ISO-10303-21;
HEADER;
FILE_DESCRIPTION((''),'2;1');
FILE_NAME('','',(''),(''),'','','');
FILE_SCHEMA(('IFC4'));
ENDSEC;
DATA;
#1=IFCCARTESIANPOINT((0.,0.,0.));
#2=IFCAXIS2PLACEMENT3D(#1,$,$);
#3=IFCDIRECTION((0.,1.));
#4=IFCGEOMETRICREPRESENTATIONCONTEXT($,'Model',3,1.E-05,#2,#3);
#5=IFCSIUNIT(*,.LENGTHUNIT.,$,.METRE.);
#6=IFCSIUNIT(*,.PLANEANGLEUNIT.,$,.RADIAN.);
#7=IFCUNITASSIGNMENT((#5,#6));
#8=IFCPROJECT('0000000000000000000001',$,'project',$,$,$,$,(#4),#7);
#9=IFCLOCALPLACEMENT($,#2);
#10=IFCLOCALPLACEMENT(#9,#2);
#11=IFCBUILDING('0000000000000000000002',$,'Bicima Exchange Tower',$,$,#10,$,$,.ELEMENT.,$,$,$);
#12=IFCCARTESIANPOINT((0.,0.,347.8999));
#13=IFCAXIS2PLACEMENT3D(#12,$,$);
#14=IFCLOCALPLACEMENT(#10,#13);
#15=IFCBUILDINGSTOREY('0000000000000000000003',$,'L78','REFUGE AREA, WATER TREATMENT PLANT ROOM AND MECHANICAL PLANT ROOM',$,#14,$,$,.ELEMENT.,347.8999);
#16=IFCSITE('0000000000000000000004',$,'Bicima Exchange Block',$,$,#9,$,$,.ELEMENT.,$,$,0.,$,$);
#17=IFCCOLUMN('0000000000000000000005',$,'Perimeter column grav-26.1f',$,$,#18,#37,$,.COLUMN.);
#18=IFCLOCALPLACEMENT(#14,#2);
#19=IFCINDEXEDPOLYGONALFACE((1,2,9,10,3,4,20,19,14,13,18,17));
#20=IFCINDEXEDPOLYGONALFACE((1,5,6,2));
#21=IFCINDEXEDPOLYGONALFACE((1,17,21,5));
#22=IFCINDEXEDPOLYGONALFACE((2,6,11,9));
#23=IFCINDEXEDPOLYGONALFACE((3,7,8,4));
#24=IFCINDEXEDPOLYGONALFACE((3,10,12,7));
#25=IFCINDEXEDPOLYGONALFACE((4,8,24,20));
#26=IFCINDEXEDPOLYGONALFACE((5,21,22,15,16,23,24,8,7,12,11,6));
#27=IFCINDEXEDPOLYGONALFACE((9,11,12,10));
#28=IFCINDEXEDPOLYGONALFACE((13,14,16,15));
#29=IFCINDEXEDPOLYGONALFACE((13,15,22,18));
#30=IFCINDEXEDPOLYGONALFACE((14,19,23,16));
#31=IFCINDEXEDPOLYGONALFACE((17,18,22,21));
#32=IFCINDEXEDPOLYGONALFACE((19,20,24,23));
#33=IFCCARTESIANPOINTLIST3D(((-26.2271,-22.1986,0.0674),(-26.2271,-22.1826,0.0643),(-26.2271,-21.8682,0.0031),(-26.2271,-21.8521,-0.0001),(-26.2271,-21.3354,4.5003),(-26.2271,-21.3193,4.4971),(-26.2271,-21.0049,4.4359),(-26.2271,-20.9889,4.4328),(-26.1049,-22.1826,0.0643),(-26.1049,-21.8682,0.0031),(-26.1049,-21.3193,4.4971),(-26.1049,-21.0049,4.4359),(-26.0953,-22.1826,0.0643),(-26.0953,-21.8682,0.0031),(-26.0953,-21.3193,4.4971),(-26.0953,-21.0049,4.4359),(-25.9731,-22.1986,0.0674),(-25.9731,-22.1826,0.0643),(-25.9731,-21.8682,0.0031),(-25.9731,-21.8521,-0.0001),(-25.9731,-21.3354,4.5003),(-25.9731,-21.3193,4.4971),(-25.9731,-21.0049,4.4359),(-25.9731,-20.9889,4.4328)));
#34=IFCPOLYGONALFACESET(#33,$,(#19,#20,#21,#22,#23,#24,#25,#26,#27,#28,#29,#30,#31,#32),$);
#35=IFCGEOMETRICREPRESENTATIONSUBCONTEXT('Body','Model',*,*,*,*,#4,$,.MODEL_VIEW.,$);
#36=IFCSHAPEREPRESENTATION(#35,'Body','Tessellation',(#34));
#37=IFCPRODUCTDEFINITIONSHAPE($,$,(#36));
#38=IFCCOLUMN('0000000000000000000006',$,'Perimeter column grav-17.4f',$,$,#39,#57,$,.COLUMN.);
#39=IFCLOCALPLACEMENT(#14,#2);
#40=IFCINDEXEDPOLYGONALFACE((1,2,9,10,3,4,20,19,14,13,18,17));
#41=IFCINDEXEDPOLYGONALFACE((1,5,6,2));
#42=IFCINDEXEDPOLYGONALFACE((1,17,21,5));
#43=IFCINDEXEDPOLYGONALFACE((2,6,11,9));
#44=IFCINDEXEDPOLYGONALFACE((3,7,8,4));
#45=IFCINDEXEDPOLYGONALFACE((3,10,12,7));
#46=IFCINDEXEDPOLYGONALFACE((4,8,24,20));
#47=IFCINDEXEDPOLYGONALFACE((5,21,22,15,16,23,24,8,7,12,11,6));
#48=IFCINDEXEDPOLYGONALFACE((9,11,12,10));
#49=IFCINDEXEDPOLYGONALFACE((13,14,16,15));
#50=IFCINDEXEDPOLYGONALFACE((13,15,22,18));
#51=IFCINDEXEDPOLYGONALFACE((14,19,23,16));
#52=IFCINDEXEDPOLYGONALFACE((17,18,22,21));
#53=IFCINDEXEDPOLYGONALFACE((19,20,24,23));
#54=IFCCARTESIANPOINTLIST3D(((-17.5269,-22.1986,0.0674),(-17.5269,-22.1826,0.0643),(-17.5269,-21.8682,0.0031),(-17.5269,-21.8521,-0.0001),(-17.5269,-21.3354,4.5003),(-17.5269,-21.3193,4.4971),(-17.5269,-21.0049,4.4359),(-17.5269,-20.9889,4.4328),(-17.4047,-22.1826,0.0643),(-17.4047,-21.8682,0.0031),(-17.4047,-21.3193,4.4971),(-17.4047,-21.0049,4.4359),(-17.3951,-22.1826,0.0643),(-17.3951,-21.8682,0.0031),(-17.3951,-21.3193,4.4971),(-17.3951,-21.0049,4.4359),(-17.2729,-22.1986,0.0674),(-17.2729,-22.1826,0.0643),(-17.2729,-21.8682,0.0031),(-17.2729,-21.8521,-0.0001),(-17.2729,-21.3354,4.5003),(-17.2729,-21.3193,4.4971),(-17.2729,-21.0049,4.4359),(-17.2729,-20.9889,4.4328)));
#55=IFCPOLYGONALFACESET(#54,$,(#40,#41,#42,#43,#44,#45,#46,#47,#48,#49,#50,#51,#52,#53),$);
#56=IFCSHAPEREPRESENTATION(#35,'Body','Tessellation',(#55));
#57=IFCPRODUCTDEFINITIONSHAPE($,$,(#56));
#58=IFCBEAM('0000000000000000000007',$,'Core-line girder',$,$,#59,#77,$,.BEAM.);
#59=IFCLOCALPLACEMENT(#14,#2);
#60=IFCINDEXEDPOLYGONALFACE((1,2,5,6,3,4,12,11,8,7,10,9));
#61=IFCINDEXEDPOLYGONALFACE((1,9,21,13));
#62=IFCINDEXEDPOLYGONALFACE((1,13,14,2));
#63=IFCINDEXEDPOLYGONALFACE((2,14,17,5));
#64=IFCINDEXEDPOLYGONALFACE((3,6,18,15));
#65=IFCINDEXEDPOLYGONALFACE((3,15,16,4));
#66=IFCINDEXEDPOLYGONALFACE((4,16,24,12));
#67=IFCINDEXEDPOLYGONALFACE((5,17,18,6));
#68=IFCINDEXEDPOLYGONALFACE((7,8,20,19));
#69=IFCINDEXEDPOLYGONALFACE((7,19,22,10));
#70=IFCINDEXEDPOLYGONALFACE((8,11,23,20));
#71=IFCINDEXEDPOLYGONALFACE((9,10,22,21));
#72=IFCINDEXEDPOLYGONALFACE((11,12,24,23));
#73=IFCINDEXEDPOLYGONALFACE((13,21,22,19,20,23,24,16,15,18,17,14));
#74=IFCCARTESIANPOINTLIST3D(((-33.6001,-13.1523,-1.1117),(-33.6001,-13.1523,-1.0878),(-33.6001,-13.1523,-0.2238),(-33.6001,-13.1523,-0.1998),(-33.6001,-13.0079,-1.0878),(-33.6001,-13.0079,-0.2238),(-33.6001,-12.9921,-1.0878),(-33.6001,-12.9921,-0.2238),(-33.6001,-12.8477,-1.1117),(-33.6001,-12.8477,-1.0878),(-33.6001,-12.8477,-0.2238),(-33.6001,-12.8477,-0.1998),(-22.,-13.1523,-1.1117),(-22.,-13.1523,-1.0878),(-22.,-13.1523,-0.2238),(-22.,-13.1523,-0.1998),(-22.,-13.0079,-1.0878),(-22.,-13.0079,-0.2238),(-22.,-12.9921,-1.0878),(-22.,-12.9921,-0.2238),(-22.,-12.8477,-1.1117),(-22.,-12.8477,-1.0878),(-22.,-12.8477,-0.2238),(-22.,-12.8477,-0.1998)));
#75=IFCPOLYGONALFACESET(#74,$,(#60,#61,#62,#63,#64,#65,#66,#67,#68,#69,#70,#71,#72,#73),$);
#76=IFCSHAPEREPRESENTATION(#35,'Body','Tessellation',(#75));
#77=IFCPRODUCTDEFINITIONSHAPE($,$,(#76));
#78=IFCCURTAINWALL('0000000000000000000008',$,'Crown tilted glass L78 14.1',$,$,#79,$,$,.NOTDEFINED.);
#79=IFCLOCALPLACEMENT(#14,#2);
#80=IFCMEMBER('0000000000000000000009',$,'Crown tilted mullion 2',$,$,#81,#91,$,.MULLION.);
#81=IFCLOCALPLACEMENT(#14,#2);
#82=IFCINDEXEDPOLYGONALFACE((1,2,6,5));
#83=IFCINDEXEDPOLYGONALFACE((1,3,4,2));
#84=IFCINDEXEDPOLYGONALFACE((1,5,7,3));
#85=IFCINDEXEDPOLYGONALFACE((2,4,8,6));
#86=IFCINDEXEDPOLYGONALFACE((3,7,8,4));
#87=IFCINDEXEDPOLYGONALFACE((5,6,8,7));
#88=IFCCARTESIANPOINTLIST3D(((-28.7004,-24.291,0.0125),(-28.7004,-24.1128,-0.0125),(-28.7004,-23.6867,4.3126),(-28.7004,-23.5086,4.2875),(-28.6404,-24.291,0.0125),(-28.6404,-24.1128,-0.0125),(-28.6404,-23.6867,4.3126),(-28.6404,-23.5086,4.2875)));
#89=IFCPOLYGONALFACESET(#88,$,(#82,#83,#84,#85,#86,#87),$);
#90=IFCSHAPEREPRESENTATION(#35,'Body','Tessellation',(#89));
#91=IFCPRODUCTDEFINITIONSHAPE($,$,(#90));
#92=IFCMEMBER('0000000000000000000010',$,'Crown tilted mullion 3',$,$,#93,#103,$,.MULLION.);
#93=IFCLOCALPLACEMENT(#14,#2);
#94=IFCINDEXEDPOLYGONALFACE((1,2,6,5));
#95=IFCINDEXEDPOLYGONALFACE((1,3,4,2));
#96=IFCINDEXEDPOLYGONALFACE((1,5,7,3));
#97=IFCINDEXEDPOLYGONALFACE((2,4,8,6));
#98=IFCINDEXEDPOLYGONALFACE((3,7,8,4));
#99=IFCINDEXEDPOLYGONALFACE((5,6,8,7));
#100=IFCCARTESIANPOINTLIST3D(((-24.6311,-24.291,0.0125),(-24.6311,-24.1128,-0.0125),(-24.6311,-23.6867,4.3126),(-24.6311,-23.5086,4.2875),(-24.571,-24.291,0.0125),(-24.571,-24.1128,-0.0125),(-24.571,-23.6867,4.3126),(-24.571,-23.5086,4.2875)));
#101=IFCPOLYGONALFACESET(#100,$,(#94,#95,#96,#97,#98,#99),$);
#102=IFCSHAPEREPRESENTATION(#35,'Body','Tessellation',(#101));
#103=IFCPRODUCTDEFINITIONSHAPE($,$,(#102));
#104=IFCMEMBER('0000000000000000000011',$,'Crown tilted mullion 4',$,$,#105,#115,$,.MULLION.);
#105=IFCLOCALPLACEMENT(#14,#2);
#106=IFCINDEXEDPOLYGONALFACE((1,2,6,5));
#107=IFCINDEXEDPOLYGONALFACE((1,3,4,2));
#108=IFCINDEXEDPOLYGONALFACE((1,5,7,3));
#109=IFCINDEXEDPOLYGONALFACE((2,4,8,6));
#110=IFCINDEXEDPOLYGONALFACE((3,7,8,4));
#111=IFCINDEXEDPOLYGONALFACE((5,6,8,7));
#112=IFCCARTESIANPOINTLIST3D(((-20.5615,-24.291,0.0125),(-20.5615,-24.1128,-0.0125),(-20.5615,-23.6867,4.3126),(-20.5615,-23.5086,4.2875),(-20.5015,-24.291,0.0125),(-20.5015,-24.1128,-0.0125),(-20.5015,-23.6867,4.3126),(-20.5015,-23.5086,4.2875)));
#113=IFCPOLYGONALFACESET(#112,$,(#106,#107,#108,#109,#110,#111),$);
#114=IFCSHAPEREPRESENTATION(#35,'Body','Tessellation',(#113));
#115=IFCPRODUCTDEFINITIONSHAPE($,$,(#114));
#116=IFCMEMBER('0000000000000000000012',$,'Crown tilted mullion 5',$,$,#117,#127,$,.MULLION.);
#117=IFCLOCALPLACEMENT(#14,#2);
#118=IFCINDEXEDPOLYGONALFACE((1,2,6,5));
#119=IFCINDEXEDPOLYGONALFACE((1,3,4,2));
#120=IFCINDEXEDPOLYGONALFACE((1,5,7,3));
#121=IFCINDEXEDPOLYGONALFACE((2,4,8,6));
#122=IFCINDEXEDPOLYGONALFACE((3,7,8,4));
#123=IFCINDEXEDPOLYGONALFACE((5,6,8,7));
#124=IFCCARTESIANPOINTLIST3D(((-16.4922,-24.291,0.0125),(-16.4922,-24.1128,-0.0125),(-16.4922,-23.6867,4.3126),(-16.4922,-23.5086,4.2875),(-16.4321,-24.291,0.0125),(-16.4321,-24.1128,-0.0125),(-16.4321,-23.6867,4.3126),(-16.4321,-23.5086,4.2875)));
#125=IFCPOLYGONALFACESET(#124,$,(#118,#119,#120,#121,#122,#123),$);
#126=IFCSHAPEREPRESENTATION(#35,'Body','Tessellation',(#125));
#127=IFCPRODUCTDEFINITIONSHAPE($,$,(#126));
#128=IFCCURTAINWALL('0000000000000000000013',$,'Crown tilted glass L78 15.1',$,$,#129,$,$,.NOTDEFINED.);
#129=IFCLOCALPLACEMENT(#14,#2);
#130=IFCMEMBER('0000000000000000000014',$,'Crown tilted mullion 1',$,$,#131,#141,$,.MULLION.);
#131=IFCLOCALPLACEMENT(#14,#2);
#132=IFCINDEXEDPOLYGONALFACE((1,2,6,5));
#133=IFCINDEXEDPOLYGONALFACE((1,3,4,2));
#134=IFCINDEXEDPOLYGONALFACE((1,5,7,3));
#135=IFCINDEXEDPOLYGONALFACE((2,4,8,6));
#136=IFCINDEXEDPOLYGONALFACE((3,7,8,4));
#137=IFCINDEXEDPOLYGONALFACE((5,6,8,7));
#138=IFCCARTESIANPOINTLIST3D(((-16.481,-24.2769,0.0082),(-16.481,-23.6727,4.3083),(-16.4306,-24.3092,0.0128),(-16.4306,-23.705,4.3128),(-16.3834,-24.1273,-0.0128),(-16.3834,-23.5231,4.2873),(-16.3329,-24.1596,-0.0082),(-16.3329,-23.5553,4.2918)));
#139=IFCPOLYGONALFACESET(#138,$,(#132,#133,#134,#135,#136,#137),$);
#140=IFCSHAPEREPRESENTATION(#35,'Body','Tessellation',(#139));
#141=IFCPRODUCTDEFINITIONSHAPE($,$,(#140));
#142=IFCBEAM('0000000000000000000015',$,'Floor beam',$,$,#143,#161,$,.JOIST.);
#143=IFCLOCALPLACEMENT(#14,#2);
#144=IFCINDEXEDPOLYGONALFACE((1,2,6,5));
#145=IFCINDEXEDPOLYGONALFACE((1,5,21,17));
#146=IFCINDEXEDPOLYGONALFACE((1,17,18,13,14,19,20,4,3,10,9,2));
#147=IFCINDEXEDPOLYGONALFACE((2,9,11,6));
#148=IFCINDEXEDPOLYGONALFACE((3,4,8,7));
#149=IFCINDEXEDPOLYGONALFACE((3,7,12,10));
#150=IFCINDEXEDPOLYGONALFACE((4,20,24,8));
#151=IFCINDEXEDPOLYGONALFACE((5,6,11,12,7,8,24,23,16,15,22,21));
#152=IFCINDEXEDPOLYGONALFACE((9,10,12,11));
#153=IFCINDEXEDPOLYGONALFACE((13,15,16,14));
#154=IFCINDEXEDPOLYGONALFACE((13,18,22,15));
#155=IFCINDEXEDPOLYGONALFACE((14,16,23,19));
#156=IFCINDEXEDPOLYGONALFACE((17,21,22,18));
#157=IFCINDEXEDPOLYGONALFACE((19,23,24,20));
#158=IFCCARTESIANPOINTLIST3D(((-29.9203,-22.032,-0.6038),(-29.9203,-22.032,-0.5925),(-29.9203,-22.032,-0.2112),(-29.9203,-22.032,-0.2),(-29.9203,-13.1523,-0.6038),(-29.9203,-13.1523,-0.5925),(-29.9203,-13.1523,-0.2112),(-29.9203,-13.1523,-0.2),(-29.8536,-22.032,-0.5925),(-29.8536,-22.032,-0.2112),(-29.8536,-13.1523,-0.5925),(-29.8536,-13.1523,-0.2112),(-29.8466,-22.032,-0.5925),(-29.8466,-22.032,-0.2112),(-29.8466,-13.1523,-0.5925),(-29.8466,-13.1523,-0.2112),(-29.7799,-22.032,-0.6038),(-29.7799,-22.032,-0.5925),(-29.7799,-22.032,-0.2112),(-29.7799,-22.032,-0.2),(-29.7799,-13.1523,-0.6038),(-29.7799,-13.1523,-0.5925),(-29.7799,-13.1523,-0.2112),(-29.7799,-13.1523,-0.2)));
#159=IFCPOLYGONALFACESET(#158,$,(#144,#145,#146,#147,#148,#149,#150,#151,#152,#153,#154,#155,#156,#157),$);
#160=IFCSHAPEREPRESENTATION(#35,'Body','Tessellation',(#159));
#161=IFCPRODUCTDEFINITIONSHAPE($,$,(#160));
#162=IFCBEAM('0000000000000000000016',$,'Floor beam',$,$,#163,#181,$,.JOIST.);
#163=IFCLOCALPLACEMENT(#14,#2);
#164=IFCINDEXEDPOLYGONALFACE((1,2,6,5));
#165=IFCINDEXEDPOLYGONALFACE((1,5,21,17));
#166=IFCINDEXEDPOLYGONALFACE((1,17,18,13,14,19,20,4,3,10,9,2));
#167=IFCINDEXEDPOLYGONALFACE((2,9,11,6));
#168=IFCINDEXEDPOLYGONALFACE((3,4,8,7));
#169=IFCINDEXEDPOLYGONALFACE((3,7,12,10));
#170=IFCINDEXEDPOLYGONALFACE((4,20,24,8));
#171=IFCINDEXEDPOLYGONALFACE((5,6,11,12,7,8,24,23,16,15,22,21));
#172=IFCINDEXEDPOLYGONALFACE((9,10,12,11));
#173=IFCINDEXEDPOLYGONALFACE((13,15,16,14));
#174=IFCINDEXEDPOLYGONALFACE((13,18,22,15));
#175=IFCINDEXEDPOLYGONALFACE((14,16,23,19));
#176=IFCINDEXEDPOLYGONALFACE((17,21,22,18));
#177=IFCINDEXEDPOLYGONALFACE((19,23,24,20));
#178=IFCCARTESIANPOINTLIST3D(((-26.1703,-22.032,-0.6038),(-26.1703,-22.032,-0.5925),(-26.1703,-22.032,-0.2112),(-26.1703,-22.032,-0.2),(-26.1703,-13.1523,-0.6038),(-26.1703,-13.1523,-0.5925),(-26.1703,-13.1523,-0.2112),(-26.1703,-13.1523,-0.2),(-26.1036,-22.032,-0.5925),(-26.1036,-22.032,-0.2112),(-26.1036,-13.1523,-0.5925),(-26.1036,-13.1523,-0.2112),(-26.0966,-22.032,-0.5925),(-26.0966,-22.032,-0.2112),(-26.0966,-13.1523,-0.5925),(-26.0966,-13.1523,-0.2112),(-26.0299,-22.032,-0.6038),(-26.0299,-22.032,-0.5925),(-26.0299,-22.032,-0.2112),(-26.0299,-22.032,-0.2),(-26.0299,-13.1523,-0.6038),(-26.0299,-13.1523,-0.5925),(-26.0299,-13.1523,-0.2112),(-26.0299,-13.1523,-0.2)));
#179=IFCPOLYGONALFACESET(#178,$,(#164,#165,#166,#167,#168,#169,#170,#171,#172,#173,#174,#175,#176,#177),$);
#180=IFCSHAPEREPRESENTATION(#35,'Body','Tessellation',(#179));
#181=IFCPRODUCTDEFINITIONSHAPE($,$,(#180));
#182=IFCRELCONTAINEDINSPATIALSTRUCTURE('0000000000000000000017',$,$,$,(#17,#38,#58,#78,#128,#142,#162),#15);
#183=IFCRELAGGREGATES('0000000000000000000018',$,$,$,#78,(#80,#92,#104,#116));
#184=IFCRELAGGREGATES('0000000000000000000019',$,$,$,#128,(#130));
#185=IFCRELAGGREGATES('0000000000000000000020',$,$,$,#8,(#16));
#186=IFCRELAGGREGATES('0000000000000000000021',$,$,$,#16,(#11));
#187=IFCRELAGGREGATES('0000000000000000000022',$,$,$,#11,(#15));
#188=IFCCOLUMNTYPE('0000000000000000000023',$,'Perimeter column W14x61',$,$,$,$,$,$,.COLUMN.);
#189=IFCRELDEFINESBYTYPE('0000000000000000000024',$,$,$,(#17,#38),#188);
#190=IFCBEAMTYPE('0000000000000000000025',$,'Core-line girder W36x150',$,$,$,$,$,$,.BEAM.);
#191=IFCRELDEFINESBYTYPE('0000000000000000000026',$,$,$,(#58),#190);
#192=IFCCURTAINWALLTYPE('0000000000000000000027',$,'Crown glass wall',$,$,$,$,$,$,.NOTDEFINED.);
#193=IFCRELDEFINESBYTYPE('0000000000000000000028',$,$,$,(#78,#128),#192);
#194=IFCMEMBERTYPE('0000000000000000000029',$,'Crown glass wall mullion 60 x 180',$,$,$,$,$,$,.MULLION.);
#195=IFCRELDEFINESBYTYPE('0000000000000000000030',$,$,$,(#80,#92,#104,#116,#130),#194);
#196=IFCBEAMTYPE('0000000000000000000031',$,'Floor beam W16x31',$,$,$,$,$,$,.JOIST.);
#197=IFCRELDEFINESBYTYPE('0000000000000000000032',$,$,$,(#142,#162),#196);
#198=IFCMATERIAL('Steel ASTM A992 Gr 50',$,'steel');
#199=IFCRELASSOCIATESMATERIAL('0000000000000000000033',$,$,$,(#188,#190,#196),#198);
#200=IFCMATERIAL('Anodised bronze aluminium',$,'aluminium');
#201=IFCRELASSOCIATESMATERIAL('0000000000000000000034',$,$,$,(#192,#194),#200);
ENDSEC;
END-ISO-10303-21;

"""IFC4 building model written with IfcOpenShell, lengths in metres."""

from ifc_helpers import new_model, si_unit, direction, frame, origin, origin_2d, place, context, subcontext, project, spatial, rectangle, i_section, extrude, material, material_profile, profile_set, type_object, element, aggregate, save


model = new_model("IFC4")

# Units and contexts
model_context = context("Model", 3, precision=1e-05, world=origin(), true_north=direction((0.0, 1.0)))
body_context = subcontext(model_context, "Body", "Model", "MODEL_VIEW")
ifc_project = project(units=[si_unit("LENGTHUNIT", "METRE"), si_unit("PLANEANGLEUNIT", "RADIAN")], contexts=[model_context])

# Site, building, storey
site_placement = place(None, origin())
site = spatial("IfcSite", under=ifc_project, at=site_placement, Name="Bicima Exchange Block", CompositionType="ELEMENT", RefElevation=0.0)
building_placement = place(site_placement, origin())
building = spatial("IfcBuilding", under=site, at=building_placement, Name="Bicima Exchange Tower", CompositionType="ELEMENT")
storey_placement = place(building_placement, frame((0.0, 0.0, 347.8999)))
storey = spatial("IfcBuildingStorey", under=building, at=storey_placement, Name="L78", Description="REFUGE AREA, WATER TREATMENT PLANT ROOM AND MECHANICAL PLANT ROOM", CompositionType="ELEMENT", Elevation=347.8999)

# Columns
ifc_material_1 = material(Name="Steel ASTM A992 Gr 50", Category="steel")
ifc_material_profile_1 = material_profile(ifc_material_1, i_section(OverallWidth=0.2539, OverallDepth=0.353, WebThickness=0.0095, FlangeThickness=0.0164, at=origin_2d()))
ifc_profile_set_1 = profile_set([ifc_material_profile_1], Name="Steel ASTM A992 Gr 50")
column_type = type_object("IfcColumnType", Name="Perimeter column W14x61", PredefinedType="COLUMN", material=ifc_profile_set_1)
for number, where, z_axis, x_axis, name in (
    (1, (-26.1001, -22.0254, 0.0337), (0.0, 0.191155, 0.98156), (-1.0, 0.0, 0.0), "Perimeter column grav-26.1f"),
    (2, (-17.3999, -22.0254, 0.0337), (0.0, 0.191155, 0.98156), (-1.0, 0.0, 0.0), "Perimeter column grav-17.4f"),
):
    element("IfcColumn", number, at=place(storey_placement, frame(where, z_axis=z_axis, x_axis=x_axis)), inside=storey, type_object=column_type, Name=name, PredefinedType="COLUMN", context=body_context, shape_type="SweptSolid", body=[
        extrude(i_section(OverallWidth=0.2539, OverallDepth=0.353, WebThickness=0.0095, FlangeThickness=0.0164, at=origin_2d()), origin(), (0.0, 0.0, 1.0), 4.5161),
    ])

# Beam
ifc_material_profile_2 = material_profile(ifc_material_1, i_section(OverallWidth=0.3047, OverallDepth=0.9119, WebThickness=0.0159, FlangeThickness=0.0239, at=origin_2d()))
ifc_profile_set_2 = profile_set([ifc_material_profile_2], Name="Steel ASTM A992 Gr 50")
beam_type_1 = type_object("IfcBeamType", Name="Core-line girder W36x150", PredefinedType="BEAM", material=ifc_profile_set_2)
beam_placement = place(storey_placement, frame((-22.0, -13.0, -0.6558), z_axis=(-1.0, 0.0, 0.0), x_axis=(0.0, -1.0, 0.0)))
element("IfcBeam", 3, at=beam_placement, inside=storey, type_object=beam_type_1, Name="Core-line girder", PredefinedType="BEAM", context=body_context, shape_type="SweptSolid", body=[
    extrude(i_section(OverallWidth=0.3047, OverallDepth=0.9119, WebThickness=0.0159, FlangeThickness=0.0239, at=origin_2d()), origin(), (0.0, 0.0, 1.0), 11.6001),
])

# Curtain wall, members
ifc_material_2 = material(Name="Anodised bronze aluminium", Category="aluminium")
curtain_wall_type = type_object("IfcCurtainWallType", Name="Crown glass wall", PredefinedType="NOTDEFINED", material=ifc_material_2)
curtain_wall_1_placement = place(storey_placement, origin())
curtain_wall_1 = element("IfcCurtainWall", 4, at=curtain_wall_1_placement, inside=storey, type_object=curtain_wall_type, Name="Crown tilted glass L78 14.1", PredefinedType="NOTDEFINED")
ifc_material_profile_3 = material_profile(ifc_material_2, rectangle(XDim=0.1799, YDim=0.0601, at=origin_2d()))
ifc_profile_set_3 = profile_set([ifc_material_profile_3], Name="Anodised bronze aluminium")
member_type_1 = type_object("IfcMemberType", Name="Crown glass wall mullion 60 x 180", PredefinedType="MULLION", material=ifc_profile_set_3)
member_1_placement = place(storey_placement, frame((-28.6704, -24.2019, 0.0), z_axis=(0.0, 0.139154, 0.990271), x_axis=(0.0, -0.990271, 0.139154)))
member_1 = element("IfcMember", 5, at=member_1_placement, type_object=member_type_1, Name="Crown tilted mullion 2", PredefinedType="MULLION", context=body_context, shape_type="SweptSolid", body=[
    extrude(rectangle(XDim=0.1799, YDim=0.0601, at=origin_2d()), origin(), (0.0, 0.0, 1.0), 4.3423),
])
member_2_placement = place(storey_placement, frame((-24.6011, -24.2019, 0.0), z_axis=(0.0, 0.139154, 0.990271), x_axis=(0.0, -0.990271, 0.139154)))
member_2 = element("IfcMember", 6, at=member_2_placement, type_object=member_type_1, Name="Crown tilted mullion 3", PredefinedType="MULLION", context=body_context, shape_type="SweptSolid", body=[
    extrude(rectangle(XDim=0.1799, YDim=0.0601, at=origin_2d()), origin(), (0.0, 0.0, 1.0), 4.3423),
])
member_3_placement = place(storey_placement, frame((-20.5315, -24.2019, 0.0), z_axis=(0.0, 0.139154, 0.990271), x_axis=(0.0, -0.990271, 0.139154)))
member_3 = element("IfcMember", 7, at=member_3_placement, type_object=member_type_1, Name="Crown tilted mullion 4", PredefinedType="MULLION", context=body_context, shape_type="SweptSolid", body=[
    extrude(rectangle(XDim=0.1799, YDim=0.0601, at=origin_2d()), origin(), (0.0, 0.0, 1.0), 4.3423),
])
member_4_placement = place(storey_placement, frame((-16.4622, -24.2019, 0.0), z_axis=(0.0, 0.139154, 0.990271), x_axis=(0.0, -0.990271, 0.139154)))
member_4 = element("IfcMember", 8, at=member_4_placement, type_object=member_type_1, Name="Crown tilted mullion 5", PredefinedType="MULLION", context=body_context, shape_type="SweptSolid", body=[
    extrude(rectangle(XDim=0.1799, YDim=0.0601, at=origin_2d()), origin(), (0.0, 0.0, 1.0), 4.3423),
])

# Curtain wall, member
curtain_wall_2_placement = place(storey_placement, origin())
curtain_wall_2 = element("IfcCurtainWall", 9, at=curtain_wall_2_placement, inside=storey, type_object=curtain_wall_type, Name="Crown tilted glass L78 15.1", PredefinedType="NOTDEFINED")
member_5_placement = place(storey_placement, frame((-16.407, -24.2183, 0.0), z_axis=(0.0, 0.139154, 0.990271), x_axis=(-0.542911, -0.83162, 0.11686)))
member_5 = element("IfcMember", 10, at=member_5_placement, type_object=member_type_1, Name="Crown tilted mullion 1", PredefinedType="MULLION", context=body_context, shape_type="SweptSolid", body=[
    extrude(rectangle(XDim=0.1799, YDim=0.0601, at=origin_2d()), origin(), (0.0, 0.0, 1.0), 4.3423),
])

# Beams
ifc_material_profile_4 = material_profile(ifc_material_1, i_section(OverallWidth=0.1404, OverallDepth=0.4038, WebThickness=0.0071, FlangeThickness=0.0112, at=origin_2d()))
ifc_profile_set_4 = profile_set([ifc_material_profile_4], Name="Steel ASTM A992 Gr 50")
beam_type_2 = type_object("IfcBeamType", Name="Floor beam W16x31", PredefinedType="JOIST", material=ifc_profile_set_4)
for number, where, z_axis, x_axis, name in (
    (11, (-29.8501, -13.1523, -0.4019), (0.0, -1.0, 0.0), (1.0, 0.0, 0.0), "Floor beam"),
    (12, (-26.1001, -13.1523, -0.4019), (0.0, -1.0, 0.0), (1.0, 0.0, 0.0), "Floor beam"),
):
    element("IfcBeam", number, at=place(storey_placement, frame(where, z_axis=z_axis, x_axis=x_axis)), inside=storey, type_object=beam_type_2, Name=name, PredefinedType="JOIST", context=body_context, shape_type="SweptSolid", body=[
        extrude(i_section(OverallWidth=0.1404, OverallDepth=0.4038, WebThickness=0.0071, FlangeThickness=0.0112, at=origin_2d()), origin(), (0.0, 0.0, 1.0), 8.8796),
    ])

aggregate(curtain_wall_1, [member_1, member_2, member_3, member_4])
aggregate(curtain_wall_2, [member_5])

save(model, "model.ifc")
